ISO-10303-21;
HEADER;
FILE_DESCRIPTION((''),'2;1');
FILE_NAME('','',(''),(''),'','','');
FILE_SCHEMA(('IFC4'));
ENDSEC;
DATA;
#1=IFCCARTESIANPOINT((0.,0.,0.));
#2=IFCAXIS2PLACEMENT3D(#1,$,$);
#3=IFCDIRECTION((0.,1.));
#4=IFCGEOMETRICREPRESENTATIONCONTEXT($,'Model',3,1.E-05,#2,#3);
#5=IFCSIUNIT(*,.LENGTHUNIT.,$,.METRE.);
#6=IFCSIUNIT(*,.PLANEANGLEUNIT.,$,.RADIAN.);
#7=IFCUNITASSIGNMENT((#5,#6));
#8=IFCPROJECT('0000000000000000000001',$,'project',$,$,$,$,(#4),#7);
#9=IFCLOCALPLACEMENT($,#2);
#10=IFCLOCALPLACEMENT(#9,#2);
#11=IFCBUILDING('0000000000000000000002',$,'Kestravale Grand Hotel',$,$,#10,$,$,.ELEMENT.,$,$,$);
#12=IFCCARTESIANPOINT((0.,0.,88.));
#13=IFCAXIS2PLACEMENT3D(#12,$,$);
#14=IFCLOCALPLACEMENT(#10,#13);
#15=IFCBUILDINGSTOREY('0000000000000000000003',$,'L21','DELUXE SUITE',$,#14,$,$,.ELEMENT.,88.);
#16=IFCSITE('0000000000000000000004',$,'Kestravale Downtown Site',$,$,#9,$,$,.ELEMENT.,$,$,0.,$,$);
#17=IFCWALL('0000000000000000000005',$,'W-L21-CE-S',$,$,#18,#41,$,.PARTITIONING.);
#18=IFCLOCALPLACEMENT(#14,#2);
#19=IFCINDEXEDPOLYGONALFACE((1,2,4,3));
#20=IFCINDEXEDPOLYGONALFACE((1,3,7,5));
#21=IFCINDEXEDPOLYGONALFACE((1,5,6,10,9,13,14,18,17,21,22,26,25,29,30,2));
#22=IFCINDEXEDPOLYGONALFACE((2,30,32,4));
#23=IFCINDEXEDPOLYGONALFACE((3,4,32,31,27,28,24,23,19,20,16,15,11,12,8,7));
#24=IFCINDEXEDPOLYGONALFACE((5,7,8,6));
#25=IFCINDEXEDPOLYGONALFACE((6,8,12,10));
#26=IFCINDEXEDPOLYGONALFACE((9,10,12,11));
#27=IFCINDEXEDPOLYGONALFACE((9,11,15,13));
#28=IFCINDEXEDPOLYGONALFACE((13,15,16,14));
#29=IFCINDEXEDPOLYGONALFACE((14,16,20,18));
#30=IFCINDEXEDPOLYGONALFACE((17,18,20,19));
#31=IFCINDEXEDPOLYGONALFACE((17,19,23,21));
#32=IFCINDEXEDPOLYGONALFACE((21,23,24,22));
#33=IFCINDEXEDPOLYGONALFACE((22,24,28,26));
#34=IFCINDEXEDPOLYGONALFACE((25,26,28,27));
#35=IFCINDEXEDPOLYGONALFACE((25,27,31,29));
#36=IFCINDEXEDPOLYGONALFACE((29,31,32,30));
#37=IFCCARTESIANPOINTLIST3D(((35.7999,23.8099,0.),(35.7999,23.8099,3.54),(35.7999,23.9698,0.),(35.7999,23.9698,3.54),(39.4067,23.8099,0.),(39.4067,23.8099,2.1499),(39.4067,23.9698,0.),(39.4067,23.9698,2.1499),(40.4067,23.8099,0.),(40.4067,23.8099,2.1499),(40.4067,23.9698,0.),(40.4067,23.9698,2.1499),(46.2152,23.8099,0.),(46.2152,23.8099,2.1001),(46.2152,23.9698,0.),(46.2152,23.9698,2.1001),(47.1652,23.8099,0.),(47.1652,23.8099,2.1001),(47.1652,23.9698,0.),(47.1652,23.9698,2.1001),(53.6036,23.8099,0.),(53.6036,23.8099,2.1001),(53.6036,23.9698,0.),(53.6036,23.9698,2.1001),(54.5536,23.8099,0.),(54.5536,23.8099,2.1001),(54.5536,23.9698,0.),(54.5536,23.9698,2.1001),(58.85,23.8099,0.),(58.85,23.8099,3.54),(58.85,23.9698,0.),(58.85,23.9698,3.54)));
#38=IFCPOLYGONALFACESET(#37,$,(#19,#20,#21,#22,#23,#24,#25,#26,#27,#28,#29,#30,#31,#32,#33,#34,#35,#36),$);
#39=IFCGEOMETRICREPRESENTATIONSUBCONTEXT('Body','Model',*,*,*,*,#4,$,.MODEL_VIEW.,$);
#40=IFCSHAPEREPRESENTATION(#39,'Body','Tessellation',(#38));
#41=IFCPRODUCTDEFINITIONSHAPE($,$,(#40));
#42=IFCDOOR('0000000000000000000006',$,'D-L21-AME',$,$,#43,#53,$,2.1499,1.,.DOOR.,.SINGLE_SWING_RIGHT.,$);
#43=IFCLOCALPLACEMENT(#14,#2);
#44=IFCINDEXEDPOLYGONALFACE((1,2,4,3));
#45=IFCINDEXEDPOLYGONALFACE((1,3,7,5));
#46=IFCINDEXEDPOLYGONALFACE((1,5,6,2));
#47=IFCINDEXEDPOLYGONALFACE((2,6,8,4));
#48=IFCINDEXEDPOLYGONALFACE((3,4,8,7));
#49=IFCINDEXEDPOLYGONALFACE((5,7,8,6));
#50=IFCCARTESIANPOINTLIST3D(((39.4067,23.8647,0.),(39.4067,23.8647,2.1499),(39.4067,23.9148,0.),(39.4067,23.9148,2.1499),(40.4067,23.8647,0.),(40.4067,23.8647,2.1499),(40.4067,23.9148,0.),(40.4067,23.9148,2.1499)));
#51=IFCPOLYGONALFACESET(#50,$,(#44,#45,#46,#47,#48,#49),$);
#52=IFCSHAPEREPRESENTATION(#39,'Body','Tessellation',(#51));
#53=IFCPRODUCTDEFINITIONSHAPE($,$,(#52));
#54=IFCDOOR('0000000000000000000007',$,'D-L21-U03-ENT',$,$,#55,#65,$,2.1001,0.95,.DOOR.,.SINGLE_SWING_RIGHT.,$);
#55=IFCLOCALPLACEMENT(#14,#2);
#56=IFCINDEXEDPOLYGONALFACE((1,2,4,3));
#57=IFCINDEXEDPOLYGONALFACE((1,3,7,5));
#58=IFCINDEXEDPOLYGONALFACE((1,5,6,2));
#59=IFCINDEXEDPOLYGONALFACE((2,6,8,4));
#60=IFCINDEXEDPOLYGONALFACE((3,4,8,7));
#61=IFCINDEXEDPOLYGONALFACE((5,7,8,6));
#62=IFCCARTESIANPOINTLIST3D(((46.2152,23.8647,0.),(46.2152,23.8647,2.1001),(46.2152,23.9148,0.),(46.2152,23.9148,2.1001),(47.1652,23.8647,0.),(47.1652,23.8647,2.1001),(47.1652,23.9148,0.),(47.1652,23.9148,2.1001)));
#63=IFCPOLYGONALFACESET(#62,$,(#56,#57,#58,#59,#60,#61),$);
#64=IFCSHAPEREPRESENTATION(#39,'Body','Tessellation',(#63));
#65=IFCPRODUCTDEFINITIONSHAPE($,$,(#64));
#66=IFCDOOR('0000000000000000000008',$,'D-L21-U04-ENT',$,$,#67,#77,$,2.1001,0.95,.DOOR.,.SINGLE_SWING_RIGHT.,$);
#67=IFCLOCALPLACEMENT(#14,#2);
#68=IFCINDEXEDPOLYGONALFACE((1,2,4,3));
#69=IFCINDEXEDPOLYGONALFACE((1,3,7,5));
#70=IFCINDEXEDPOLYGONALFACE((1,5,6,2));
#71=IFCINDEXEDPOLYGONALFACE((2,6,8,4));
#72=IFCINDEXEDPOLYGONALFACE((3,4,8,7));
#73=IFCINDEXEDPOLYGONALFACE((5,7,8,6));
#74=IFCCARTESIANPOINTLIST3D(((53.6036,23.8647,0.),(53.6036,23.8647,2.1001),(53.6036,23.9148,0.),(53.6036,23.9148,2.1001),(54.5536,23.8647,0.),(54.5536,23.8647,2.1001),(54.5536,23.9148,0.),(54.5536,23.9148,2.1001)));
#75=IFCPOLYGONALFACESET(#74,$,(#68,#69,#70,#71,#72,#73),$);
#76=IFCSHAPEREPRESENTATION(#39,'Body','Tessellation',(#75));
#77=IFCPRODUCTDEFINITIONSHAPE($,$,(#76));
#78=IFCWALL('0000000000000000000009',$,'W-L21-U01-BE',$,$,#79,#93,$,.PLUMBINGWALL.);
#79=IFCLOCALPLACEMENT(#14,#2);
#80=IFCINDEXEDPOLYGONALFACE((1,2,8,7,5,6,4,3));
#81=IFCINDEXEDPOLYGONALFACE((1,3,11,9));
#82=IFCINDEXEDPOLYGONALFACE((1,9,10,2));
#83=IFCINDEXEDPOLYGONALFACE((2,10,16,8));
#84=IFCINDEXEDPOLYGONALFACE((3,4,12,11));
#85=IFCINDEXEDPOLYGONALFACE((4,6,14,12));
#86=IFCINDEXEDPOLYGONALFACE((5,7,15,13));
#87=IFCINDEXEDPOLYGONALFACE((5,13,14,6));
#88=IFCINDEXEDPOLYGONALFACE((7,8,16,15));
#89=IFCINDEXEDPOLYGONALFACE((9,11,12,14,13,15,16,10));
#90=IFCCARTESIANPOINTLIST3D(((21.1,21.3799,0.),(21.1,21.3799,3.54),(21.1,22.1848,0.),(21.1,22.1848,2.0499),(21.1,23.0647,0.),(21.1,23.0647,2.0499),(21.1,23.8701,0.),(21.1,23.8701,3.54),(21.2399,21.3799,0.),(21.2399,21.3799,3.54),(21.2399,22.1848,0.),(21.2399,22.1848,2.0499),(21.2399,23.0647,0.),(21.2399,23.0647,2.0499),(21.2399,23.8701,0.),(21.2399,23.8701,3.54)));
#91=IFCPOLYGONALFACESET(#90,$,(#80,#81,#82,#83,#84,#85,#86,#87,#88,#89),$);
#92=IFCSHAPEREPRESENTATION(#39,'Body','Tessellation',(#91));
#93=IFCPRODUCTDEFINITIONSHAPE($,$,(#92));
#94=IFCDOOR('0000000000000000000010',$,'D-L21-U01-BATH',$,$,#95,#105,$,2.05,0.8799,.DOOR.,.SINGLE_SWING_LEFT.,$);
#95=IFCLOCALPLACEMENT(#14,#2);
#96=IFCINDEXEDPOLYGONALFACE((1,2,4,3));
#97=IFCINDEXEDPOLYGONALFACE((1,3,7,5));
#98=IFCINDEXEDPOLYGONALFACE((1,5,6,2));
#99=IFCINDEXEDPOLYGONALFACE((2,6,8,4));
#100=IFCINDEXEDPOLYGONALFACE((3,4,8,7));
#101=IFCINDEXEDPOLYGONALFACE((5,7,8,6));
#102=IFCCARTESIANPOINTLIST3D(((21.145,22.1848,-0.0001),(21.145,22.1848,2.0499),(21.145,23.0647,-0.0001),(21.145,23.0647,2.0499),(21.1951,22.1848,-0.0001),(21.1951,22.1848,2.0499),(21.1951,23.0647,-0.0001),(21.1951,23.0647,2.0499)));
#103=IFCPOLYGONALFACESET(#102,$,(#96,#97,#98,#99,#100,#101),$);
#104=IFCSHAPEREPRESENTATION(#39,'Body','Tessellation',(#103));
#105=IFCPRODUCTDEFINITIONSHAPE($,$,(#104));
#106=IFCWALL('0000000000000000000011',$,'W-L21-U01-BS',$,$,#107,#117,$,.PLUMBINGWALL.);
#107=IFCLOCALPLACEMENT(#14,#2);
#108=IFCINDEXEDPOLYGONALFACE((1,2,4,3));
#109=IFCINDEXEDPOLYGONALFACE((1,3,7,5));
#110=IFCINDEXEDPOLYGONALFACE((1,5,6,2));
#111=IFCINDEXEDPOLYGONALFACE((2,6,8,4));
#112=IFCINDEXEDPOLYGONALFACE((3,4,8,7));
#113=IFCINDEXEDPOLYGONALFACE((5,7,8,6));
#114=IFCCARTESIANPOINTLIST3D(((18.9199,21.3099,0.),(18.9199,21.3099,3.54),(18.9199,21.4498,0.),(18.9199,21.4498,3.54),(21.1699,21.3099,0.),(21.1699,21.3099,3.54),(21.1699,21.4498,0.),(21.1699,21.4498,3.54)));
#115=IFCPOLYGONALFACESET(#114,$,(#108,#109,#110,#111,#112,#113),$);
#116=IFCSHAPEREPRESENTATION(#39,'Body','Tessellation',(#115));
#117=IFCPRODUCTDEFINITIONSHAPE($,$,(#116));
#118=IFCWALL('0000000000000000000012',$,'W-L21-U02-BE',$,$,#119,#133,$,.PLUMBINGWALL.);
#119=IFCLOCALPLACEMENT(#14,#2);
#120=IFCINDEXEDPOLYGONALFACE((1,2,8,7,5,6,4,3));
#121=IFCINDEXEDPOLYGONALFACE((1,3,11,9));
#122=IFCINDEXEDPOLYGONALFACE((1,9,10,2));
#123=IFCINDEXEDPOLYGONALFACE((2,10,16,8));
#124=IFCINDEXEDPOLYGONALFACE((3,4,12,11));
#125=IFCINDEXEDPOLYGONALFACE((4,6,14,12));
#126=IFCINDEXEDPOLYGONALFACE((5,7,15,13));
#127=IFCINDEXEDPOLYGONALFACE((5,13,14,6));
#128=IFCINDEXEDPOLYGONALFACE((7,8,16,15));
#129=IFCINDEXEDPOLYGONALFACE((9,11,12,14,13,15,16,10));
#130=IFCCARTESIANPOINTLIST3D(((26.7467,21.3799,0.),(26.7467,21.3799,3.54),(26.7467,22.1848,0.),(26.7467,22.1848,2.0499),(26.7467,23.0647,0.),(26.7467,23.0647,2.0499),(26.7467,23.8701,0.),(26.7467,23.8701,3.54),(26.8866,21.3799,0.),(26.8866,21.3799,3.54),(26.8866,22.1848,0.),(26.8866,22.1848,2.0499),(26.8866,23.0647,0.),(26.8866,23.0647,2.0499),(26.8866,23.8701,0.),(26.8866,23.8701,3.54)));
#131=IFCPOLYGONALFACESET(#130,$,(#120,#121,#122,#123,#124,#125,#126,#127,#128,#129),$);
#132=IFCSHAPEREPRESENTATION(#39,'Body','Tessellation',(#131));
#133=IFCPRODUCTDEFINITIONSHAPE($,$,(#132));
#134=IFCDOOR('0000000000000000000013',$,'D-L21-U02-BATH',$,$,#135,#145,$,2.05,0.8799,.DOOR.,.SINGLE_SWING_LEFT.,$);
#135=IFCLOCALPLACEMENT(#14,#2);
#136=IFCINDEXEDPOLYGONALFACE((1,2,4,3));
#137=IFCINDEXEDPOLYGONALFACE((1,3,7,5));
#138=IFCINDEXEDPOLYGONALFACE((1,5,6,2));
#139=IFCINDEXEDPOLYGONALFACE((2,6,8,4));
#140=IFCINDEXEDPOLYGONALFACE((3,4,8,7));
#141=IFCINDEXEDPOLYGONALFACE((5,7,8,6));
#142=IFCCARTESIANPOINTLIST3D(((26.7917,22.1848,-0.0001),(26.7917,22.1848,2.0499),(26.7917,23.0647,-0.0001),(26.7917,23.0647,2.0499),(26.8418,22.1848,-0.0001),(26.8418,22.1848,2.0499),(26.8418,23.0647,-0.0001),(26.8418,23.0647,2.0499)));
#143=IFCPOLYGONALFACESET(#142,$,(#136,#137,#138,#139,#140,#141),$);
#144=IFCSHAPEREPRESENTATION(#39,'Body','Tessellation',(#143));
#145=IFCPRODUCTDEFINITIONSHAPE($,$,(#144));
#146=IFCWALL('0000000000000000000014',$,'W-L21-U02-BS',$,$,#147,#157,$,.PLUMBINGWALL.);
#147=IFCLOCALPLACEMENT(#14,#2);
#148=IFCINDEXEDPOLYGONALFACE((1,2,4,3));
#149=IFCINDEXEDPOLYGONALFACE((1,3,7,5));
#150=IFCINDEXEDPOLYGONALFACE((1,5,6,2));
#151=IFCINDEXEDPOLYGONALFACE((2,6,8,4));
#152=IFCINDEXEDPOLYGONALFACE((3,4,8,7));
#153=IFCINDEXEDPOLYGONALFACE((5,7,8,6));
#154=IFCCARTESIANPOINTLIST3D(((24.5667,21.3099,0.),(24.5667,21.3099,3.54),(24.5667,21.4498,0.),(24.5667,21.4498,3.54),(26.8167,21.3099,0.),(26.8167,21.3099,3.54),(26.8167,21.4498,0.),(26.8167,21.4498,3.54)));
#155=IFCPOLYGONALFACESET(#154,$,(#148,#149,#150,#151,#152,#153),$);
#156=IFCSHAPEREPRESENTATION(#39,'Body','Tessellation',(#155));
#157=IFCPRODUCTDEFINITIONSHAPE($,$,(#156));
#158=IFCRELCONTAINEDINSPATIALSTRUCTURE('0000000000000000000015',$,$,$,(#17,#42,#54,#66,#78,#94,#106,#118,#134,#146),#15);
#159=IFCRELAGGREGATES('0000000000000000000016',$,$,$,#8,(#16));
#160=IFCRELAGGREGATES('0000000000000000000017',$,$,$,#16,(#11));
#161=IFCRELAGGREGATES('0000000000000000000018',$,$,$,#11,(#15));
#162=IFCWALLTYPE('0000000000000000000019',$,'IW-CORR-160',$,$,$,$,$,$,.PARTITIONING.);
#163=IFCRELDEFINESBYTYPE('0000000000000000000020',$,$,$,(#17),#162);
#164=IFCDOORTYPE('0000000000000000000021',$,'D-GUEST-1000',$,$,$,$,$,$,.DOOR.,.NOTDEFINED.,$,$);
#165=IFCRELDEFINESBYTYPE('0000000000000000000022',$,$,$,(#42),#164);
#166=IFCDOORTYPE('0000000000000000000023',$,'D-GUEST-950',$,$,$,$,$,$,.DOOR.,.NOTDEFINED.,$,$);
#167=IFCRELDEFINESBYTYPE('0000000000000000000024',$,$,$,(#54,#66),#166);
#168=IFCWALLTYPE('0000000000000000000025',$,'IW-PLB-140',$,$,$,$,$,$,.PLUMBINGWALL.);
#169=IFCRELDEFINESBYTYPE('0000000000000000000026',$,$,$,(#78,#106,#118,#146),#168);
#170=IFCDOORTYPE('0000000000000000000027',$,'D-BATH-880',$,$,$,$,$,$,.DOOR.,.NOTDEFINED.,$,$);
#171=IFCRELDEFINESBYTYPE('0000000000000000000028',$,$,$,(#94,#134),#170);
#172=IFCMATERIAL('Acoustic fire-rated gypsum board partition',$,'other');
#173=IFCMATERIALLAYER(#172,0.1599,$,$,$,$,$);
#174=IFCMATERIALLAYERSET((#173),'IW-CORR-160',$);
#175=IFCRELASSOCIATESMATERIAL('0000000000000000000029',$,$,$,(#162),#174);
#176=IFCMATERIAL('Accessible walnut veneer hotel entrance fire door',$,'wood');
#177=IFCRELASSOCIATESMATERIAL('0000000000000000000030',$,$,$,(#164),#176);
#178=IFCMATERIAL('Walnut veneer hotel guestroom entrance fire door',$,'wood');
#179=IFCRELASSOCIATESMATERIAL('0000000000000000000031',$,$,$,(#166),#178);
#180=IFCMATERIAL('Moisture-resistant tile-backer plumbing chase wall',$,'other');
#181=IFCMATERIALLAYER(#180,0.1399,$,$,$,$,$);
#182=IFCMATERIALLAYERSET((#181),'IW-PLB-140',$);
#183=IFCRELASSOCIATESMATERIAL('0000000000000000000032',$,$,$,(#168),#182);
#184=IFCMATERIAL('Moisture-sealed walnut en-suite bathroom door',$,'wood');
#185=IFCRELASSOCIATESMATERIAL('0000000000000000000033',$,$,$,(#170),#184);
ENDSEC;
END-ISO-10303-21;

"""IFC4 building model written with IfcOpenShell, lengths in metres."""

from ifc_helpers import new_model, si_unit, direction, frame, frame_2d, origin, place, context, subcontext, project, spatial, rectangle, extrude, material, layer, layer_set, type_object, element, fill, save


model = new_model("IFC4")

# Units and contexts
model_context = context("Model", 3, precision=1e-05, world=origin(), true_north=direction((0.0, 1.0)))
body_context = subcontext(model_context, "Body", "Model", "MODEL_VIEW")
ifc_project = project(units=[si_unit("LENGTHUNIT", "METRE"), si_unit("PLANEANGLEUNIT", "RADIAN")], contexts=[model_context])

# Site, building, storey
site_placement = place(None, origin())
site = spatial("IfcSite", under=ifc_project, at=site_placement, Name="Kestravale Downtown Site", CompositionType="ELEMENT", RefElevation=0.0)
building_placement = place(site_placement, origin())
building = spatial("IfcBuilding", under=site, at=building_placement, Name="Kestravale Grand Hotel", CompositionType="ELEMENT")
storey_placement = place(building_placement, frame((0.0, 0.0, 88.0)))
storey = spatial("IfcBuildingStorey", under=building, at=storey_placement, Name="L21", Description="DELUXE SUITE", CompositionType="ELEMENT", Elevation=88.0)

# Shared definitions
ifc_material_1 = material(Name="Acoustic fire-rated gypsum board partition", Category="other")
ifc_layer_1 = layer(ifc_material_1, 0.1599)
ifc_layer_set_1 = layer_set([ifc_layer_1], Name="IW-CORR-160")
wall_type_1 = type_object("IfcWallType", Name="IW-CORR-160", PredefinedType="PARTITIONING", material=ifc_layer_set_1)

# Wall, openings, doors
wall_1_placement = place(storey_placement, frame((35.8, 23.8899, 0.0), z_axis=(0.0, 0.0, 1.0), x_axis=(1.0, 0.0, 0.0)))
wall_1 = element("IfcWall", 1, at=wall_1_placement, inside=storey, type_object=wall_type_1, Name="W-L21-CE-S", PredefinedType="PARTITIONING", context=body_context, shape_type="SweptSolid", body=[
    extrude(rectangle(XDim=23.05, YDim=0.1599, at=frame_2d((11.5249, 0.0))), origin(), (0.0, 0.0, 1.0), 3.54),
])
opening_1_placement = place(wall_1_placement, frame((3.6067, 0.0, 0.0)))
opening_1 = element("IfcOpeningElement", 2, at=opening_1_placement, cuts=wall_1, PredefinedType="OPENING", context=body_context, shape_type="SweptSolid", body=[
    extrude(rectangle(XDim=1.0, YDim=2.1499, at=frame_2d((0.5, 1.075))), frame((0.0, 0.0898, 0.0), z_axis=(0.0, -1.0, 0.0), x_axis=(1.0, 0.0, 0.0)), (0.0, 0.0, 1.0), 0.1799),
])
opening_2_placement = place(wall_1_placement, frame((10.415, 0.0, 0.0)))
opening_2 = element("IfcOpeningElement", 3, at=opening_2_placement, cuts=wall_1, PredefinedType="OPENING", context=body_context, shape_type="SweptSolid", body=[
    extrude(rectangle(XDim=0.95, YDim=2.1001, at=frame_2d((0.4751, 1.05))), frame((0.0, 0.0898, 0.0), z_axis=(0.0, -1.0, 0.0), x_axis=(1.0, 0.0, 0.0)), (0.0, 0.0, 1.0), 0.1799),
])
opening_3_placement = place(wall_1_placement, frame((17.8035, 0.0, 0.0)))
opening_3 = element("IfcOpeningElement", 4, at=opening_3_placement, cuts=wall_1, PredefinedType="OPENING", context=body_context, shape_type="SweptSolid", body=[
    extrude(rectangle(XDim=0.95, YDim=2.1001, at=frame_2d((0.4751, 1.05))), frame((0.0, 0.0898, 0.0), z_axis=(0.0, -1.0, 0.0), x_axis=(1.0, 0.0, 0.0)), (0.0, 0.0, 1.0), 0.1799),
])
ifc_material_2 = material(Name="Accessible walnut veneer hotel entrance fire door", Category="wood")
door_type_1 = type_object("IfcDoorType", Name="D-GUEST-1000", OperationType="NOTDEFINED", PredefinedType="DOOR", material=ifc_material_2)
door_1_placement = place(opening_1_placement, origin())
door_1 = element("IfcDoor", 5, at=door_1_placement, inside=storey, type_object=door_type_1, Name="D-L21-AME", OperationType="SINGLE_SWING_RIGHT", OverallHeight=2.1499, OverallWidth=1.0, PredefinedType="DOOR", context=body_context, shape_type="SweptSolid", body=[
    extrude(rectangle(XDim=1.0, YDim=2.1499, at=frame_2d((0.5, 1.075))), frame((0.0, 0.0249, 0.0), z_axis=(0.0, -1.0, 0.0), x_axis=(1.0, 0.0, 0.0)), (0.0, 0.0, 1.0), 0.05),
])
fill(opening_1, door_1)
ifc_material_3 = material(Name="Walnut veneer hotel guestroom entrance fire door", Category="wood")
door_type_2 = type_object("IfcDoorType", Name="D-GUEST-950", OperationType="NOTDEFINED", PredefinedType="DOOR", material=ifc_material_3)
door_2_placement = place(opening_2_placement, origin())
door_2 = element("IfcDoor", 6, at=door_2_placement, inside=storey, type_object=door_type_2, Name="D-L21-U03-ENT", OperationType="SINGLE_SWING_RIGHT", OverallHeight=2.1001, OverallWidth=0.95, PredefinedType="DOOR", context=body_context, shape_type="SweptSolid", body=[
    extrude(rectangle(XDim=0.95, YDim=2.1001, at=frame_2d((0.4751, 1.05))), frame((0.0, 0.0249, 0.0), z_axis=(0.0, -1.0, 0.0), x_axis=(1.0, 0.0, 0.0)), (0.0, 0.0, 1.0), 0.05),
])
fill(opening_2, door_2)
door_3_placement = place(opening_3_placement, origin())
door_3 = element("IfcDoor", 7, at=door_3_placement, inside=storey, type_object=door_type_2, Name="D-L21-U04-ENT", OperationType="SINGLE_SWING_RIGHT", OverallHeight=2.1001, OverallWidth=0.95, PredefinedType="DOOR", context=body_context, shape_type="SweptSolid", body=[
    extrude(rectangle(XDim=0.95, YDim=2.1001, at=frame_2d((0.4751, 1.05))), frame((0.0, 0.0249, 0.0), z_axis=(0.0, -1.0, 0.0), x_axis=(1.0, 0.0, 0.0)), (0.0, 0.0, 1.0), 0.05),
])
fill(opening_3, door_3)

# Wall, opening, door
ifc_material_4 = material(Name="Moisture-resistant tile-backer plumbing chase wall", Category="other")
ifc_layer_2 = layer(ifc_material_4, 0.1399)
ifc_layer_set_2 = layer_set([ifc_layer_2], Name="IW-PLB-140")
wall_type_2 = type_object("IfcWallType", Name="IW-PLB-140", PredefinedType="PLUMBINGWALL", material=ifc_layer_set_2)
wall_2_placement = place(storey_placement, frame((21.1699, 21.3799, 0.0), z_axis=(0.0, 0.0, 1.0), x_axis=(0.0, 1.0, 0.0)))
wall_2 = element("IfcWall", 8, at=wall_2_placement, inside=storey, type_object=wall_type_2, Name="W-L21-U01-BE", PredefinedType="PLUMBINGWALL", context=body_context, shape_type="SweptSolid", body=[
    extrude(rectangle(XDim=2.4902, YDim=0.1399, at=frame_2d((1.2451, 0.0))), origin(), (0.0, 0.0, 1.0), 3.54),
])
opening_4_placement = place(wall_2_placement, frame((0.8049, 0.0, 0.0)))
opening_4 = element("IfcOpeningElement", 9, at=opening_4_placement, cuts=wall_2, PredefinedType="OPENING", context=body_context, shape_type="SweptSolid", body=[
    extrude(rectangle(XDim=0.8799, YDim=2.05, at=frame_2d((0.4399, 1.0249))), frame((0.0, 0.0798, 0.0), z_axis=(0.0, -1.0, 0.0), x_axis=(1.0, 0.0, 0.0)), (0.0, 0.0, 1.0), 0.1599),
])
ifc_material_5 = material(Name="Moisture-sealed walnut en-suite bathroom door", Category="wood")
door_type_3 = type_object("IfcDoorType", Name="D-BATH-880", OperationType="NOTDEFINED", PredefinedType="DOOR", material=ifc_material_5)
door_4_placement = place(opening_4_placement, origin())
door_4 = element("IfcDoor", 10, at=door_4_placement, inside=storey, type_object=door_type_3, Name="D-L21-U01-BATH", OperationType="SINGLE_SWING_LEFT", OverallHeight=2.05, OverallWidth=0.8799, PredefinedType="DOOR", context=body_context, shape_type="SweptSolid", body=[
    extrude(rectangle(XDim=0.8799, YDim=2.05, at=frame_2d((0.4399, 1.0249))), frame((0.0, 0.0249, 0.0), z_axis=(0.0, -1.0, 0.0), x_axis=(1.0, 0.0, 0.0)), (0.0, 0.0, 1.0), 0.05),
])
fill(opening_4, door_4)

# Wall
wall_3_placement = place(storey_placement, frame((18.9199, 21.3799, 0.0), z_axis=(0.0, 0.0, 1.0), x_axis=(1.0, 0.0, 0.0)))
element("IfcWall", 11, at=wall_3_placement, inside=storey, type_object=wall_type_2, Name="W-L21-U01-BS", PredefinedType="PLUMBINGWALL", context=body_context, shape_type="SweptSolid", body=[
    extrude(rectangle(XDim=2.25, YDim=0.1399, at=frame_2d((1.125, 0.0))), origin(), (0.0, 0.0, 1.0), 3.54),
])

# Wall, opening, door
wall_4_placement = place(storey_placement, frame((26.8167, 21.3799, 0.0), z_axis=(0.0, 0.0, 1.0), x_axis=(0.0, 1.0, 0.0)))
wall_4 = element("IfcWall", 12, at=wall_4_placement, inside=storey, type_object=wall_type_2, Name="W-L21-U02-BE", PredefinedType="PLUMBINGWALL", context=body_context, shape_type="SweptSolid", body=[
    extrude(rectangle(XDim=2.4902, YDim=0.1399, at=frame_2d((1.2451, 0.0))), origin(), (0.0, 0.0, 1.0), 3.54),
])
opening_5_placement = place(wall_4_placement, frame((0.8049, 0.0, 0.0)))
opening_5 = element("IfcOpeningElement", 13, at=opening_5_placement, cuts=wall_4, PredefinedType="OPENING", context=body_context, shape_type="SweptSolid", body=[
    extrude(rectangle(XDim=0.8799, YDim=2.05, at=frame_2d((0.4399, 1.0249))), frame((0.0, 0.0798, 0.0), z_axis=(0.0, -1.0, 0.0), x_axis=(1.0, 0.0, 0.0)), (0.0, 0.0, 1.0), 0.1599),
])
door_5_placement = place(opening_5_placement, origin())
door_5 = element("IfcDoor", 14, at=door_5_placement, inside=storey, type_object=door_type_3, Name="D-L21-U02-BATH", OperationType="SINGLE_SWING_LEFT", OverallHeight=2.05, OverallWidth=0.8799, PredefinedType="DOOR", context=body_context, shape_type="SweptSolid", body=[
    extrude(rectangle(XDim=0.8799, YDim=2.05, at=frame_2d((0.4399, 1.0249))), frame((0.0, 0.0249, 0.0), z_axis=(0.0, -1.0, 0.0), x_axis=(1.0, 0.0, 0.0)), (0.0, 0.0, 1.0), 0.05),
])
fill(opening_5, door_5)

# Wall
wall_5_placement = place(storey_placement, frame((24.5667, 21.3799, 0.0), z_axis=(0.0, 0.0, 1.0), x_axis=(1.0, 0.0, 0.0)))
element("IfcWall", 15, at=wall_5_placement, inside=storey, type_object=wall_type_2, Name="W-L21-U02-BS", PredefinedType="PLUMBINGWALL", context=body_context, shape_type="SweptSolid", body=[
    extrude(rectangle(XDim=2.25, YDim=0.1399, at=frame_2d((1.125, 0.0))), origin(), (0.0, 0.0, 1.0), 3.54),
])

save(model, "model.ifc")
